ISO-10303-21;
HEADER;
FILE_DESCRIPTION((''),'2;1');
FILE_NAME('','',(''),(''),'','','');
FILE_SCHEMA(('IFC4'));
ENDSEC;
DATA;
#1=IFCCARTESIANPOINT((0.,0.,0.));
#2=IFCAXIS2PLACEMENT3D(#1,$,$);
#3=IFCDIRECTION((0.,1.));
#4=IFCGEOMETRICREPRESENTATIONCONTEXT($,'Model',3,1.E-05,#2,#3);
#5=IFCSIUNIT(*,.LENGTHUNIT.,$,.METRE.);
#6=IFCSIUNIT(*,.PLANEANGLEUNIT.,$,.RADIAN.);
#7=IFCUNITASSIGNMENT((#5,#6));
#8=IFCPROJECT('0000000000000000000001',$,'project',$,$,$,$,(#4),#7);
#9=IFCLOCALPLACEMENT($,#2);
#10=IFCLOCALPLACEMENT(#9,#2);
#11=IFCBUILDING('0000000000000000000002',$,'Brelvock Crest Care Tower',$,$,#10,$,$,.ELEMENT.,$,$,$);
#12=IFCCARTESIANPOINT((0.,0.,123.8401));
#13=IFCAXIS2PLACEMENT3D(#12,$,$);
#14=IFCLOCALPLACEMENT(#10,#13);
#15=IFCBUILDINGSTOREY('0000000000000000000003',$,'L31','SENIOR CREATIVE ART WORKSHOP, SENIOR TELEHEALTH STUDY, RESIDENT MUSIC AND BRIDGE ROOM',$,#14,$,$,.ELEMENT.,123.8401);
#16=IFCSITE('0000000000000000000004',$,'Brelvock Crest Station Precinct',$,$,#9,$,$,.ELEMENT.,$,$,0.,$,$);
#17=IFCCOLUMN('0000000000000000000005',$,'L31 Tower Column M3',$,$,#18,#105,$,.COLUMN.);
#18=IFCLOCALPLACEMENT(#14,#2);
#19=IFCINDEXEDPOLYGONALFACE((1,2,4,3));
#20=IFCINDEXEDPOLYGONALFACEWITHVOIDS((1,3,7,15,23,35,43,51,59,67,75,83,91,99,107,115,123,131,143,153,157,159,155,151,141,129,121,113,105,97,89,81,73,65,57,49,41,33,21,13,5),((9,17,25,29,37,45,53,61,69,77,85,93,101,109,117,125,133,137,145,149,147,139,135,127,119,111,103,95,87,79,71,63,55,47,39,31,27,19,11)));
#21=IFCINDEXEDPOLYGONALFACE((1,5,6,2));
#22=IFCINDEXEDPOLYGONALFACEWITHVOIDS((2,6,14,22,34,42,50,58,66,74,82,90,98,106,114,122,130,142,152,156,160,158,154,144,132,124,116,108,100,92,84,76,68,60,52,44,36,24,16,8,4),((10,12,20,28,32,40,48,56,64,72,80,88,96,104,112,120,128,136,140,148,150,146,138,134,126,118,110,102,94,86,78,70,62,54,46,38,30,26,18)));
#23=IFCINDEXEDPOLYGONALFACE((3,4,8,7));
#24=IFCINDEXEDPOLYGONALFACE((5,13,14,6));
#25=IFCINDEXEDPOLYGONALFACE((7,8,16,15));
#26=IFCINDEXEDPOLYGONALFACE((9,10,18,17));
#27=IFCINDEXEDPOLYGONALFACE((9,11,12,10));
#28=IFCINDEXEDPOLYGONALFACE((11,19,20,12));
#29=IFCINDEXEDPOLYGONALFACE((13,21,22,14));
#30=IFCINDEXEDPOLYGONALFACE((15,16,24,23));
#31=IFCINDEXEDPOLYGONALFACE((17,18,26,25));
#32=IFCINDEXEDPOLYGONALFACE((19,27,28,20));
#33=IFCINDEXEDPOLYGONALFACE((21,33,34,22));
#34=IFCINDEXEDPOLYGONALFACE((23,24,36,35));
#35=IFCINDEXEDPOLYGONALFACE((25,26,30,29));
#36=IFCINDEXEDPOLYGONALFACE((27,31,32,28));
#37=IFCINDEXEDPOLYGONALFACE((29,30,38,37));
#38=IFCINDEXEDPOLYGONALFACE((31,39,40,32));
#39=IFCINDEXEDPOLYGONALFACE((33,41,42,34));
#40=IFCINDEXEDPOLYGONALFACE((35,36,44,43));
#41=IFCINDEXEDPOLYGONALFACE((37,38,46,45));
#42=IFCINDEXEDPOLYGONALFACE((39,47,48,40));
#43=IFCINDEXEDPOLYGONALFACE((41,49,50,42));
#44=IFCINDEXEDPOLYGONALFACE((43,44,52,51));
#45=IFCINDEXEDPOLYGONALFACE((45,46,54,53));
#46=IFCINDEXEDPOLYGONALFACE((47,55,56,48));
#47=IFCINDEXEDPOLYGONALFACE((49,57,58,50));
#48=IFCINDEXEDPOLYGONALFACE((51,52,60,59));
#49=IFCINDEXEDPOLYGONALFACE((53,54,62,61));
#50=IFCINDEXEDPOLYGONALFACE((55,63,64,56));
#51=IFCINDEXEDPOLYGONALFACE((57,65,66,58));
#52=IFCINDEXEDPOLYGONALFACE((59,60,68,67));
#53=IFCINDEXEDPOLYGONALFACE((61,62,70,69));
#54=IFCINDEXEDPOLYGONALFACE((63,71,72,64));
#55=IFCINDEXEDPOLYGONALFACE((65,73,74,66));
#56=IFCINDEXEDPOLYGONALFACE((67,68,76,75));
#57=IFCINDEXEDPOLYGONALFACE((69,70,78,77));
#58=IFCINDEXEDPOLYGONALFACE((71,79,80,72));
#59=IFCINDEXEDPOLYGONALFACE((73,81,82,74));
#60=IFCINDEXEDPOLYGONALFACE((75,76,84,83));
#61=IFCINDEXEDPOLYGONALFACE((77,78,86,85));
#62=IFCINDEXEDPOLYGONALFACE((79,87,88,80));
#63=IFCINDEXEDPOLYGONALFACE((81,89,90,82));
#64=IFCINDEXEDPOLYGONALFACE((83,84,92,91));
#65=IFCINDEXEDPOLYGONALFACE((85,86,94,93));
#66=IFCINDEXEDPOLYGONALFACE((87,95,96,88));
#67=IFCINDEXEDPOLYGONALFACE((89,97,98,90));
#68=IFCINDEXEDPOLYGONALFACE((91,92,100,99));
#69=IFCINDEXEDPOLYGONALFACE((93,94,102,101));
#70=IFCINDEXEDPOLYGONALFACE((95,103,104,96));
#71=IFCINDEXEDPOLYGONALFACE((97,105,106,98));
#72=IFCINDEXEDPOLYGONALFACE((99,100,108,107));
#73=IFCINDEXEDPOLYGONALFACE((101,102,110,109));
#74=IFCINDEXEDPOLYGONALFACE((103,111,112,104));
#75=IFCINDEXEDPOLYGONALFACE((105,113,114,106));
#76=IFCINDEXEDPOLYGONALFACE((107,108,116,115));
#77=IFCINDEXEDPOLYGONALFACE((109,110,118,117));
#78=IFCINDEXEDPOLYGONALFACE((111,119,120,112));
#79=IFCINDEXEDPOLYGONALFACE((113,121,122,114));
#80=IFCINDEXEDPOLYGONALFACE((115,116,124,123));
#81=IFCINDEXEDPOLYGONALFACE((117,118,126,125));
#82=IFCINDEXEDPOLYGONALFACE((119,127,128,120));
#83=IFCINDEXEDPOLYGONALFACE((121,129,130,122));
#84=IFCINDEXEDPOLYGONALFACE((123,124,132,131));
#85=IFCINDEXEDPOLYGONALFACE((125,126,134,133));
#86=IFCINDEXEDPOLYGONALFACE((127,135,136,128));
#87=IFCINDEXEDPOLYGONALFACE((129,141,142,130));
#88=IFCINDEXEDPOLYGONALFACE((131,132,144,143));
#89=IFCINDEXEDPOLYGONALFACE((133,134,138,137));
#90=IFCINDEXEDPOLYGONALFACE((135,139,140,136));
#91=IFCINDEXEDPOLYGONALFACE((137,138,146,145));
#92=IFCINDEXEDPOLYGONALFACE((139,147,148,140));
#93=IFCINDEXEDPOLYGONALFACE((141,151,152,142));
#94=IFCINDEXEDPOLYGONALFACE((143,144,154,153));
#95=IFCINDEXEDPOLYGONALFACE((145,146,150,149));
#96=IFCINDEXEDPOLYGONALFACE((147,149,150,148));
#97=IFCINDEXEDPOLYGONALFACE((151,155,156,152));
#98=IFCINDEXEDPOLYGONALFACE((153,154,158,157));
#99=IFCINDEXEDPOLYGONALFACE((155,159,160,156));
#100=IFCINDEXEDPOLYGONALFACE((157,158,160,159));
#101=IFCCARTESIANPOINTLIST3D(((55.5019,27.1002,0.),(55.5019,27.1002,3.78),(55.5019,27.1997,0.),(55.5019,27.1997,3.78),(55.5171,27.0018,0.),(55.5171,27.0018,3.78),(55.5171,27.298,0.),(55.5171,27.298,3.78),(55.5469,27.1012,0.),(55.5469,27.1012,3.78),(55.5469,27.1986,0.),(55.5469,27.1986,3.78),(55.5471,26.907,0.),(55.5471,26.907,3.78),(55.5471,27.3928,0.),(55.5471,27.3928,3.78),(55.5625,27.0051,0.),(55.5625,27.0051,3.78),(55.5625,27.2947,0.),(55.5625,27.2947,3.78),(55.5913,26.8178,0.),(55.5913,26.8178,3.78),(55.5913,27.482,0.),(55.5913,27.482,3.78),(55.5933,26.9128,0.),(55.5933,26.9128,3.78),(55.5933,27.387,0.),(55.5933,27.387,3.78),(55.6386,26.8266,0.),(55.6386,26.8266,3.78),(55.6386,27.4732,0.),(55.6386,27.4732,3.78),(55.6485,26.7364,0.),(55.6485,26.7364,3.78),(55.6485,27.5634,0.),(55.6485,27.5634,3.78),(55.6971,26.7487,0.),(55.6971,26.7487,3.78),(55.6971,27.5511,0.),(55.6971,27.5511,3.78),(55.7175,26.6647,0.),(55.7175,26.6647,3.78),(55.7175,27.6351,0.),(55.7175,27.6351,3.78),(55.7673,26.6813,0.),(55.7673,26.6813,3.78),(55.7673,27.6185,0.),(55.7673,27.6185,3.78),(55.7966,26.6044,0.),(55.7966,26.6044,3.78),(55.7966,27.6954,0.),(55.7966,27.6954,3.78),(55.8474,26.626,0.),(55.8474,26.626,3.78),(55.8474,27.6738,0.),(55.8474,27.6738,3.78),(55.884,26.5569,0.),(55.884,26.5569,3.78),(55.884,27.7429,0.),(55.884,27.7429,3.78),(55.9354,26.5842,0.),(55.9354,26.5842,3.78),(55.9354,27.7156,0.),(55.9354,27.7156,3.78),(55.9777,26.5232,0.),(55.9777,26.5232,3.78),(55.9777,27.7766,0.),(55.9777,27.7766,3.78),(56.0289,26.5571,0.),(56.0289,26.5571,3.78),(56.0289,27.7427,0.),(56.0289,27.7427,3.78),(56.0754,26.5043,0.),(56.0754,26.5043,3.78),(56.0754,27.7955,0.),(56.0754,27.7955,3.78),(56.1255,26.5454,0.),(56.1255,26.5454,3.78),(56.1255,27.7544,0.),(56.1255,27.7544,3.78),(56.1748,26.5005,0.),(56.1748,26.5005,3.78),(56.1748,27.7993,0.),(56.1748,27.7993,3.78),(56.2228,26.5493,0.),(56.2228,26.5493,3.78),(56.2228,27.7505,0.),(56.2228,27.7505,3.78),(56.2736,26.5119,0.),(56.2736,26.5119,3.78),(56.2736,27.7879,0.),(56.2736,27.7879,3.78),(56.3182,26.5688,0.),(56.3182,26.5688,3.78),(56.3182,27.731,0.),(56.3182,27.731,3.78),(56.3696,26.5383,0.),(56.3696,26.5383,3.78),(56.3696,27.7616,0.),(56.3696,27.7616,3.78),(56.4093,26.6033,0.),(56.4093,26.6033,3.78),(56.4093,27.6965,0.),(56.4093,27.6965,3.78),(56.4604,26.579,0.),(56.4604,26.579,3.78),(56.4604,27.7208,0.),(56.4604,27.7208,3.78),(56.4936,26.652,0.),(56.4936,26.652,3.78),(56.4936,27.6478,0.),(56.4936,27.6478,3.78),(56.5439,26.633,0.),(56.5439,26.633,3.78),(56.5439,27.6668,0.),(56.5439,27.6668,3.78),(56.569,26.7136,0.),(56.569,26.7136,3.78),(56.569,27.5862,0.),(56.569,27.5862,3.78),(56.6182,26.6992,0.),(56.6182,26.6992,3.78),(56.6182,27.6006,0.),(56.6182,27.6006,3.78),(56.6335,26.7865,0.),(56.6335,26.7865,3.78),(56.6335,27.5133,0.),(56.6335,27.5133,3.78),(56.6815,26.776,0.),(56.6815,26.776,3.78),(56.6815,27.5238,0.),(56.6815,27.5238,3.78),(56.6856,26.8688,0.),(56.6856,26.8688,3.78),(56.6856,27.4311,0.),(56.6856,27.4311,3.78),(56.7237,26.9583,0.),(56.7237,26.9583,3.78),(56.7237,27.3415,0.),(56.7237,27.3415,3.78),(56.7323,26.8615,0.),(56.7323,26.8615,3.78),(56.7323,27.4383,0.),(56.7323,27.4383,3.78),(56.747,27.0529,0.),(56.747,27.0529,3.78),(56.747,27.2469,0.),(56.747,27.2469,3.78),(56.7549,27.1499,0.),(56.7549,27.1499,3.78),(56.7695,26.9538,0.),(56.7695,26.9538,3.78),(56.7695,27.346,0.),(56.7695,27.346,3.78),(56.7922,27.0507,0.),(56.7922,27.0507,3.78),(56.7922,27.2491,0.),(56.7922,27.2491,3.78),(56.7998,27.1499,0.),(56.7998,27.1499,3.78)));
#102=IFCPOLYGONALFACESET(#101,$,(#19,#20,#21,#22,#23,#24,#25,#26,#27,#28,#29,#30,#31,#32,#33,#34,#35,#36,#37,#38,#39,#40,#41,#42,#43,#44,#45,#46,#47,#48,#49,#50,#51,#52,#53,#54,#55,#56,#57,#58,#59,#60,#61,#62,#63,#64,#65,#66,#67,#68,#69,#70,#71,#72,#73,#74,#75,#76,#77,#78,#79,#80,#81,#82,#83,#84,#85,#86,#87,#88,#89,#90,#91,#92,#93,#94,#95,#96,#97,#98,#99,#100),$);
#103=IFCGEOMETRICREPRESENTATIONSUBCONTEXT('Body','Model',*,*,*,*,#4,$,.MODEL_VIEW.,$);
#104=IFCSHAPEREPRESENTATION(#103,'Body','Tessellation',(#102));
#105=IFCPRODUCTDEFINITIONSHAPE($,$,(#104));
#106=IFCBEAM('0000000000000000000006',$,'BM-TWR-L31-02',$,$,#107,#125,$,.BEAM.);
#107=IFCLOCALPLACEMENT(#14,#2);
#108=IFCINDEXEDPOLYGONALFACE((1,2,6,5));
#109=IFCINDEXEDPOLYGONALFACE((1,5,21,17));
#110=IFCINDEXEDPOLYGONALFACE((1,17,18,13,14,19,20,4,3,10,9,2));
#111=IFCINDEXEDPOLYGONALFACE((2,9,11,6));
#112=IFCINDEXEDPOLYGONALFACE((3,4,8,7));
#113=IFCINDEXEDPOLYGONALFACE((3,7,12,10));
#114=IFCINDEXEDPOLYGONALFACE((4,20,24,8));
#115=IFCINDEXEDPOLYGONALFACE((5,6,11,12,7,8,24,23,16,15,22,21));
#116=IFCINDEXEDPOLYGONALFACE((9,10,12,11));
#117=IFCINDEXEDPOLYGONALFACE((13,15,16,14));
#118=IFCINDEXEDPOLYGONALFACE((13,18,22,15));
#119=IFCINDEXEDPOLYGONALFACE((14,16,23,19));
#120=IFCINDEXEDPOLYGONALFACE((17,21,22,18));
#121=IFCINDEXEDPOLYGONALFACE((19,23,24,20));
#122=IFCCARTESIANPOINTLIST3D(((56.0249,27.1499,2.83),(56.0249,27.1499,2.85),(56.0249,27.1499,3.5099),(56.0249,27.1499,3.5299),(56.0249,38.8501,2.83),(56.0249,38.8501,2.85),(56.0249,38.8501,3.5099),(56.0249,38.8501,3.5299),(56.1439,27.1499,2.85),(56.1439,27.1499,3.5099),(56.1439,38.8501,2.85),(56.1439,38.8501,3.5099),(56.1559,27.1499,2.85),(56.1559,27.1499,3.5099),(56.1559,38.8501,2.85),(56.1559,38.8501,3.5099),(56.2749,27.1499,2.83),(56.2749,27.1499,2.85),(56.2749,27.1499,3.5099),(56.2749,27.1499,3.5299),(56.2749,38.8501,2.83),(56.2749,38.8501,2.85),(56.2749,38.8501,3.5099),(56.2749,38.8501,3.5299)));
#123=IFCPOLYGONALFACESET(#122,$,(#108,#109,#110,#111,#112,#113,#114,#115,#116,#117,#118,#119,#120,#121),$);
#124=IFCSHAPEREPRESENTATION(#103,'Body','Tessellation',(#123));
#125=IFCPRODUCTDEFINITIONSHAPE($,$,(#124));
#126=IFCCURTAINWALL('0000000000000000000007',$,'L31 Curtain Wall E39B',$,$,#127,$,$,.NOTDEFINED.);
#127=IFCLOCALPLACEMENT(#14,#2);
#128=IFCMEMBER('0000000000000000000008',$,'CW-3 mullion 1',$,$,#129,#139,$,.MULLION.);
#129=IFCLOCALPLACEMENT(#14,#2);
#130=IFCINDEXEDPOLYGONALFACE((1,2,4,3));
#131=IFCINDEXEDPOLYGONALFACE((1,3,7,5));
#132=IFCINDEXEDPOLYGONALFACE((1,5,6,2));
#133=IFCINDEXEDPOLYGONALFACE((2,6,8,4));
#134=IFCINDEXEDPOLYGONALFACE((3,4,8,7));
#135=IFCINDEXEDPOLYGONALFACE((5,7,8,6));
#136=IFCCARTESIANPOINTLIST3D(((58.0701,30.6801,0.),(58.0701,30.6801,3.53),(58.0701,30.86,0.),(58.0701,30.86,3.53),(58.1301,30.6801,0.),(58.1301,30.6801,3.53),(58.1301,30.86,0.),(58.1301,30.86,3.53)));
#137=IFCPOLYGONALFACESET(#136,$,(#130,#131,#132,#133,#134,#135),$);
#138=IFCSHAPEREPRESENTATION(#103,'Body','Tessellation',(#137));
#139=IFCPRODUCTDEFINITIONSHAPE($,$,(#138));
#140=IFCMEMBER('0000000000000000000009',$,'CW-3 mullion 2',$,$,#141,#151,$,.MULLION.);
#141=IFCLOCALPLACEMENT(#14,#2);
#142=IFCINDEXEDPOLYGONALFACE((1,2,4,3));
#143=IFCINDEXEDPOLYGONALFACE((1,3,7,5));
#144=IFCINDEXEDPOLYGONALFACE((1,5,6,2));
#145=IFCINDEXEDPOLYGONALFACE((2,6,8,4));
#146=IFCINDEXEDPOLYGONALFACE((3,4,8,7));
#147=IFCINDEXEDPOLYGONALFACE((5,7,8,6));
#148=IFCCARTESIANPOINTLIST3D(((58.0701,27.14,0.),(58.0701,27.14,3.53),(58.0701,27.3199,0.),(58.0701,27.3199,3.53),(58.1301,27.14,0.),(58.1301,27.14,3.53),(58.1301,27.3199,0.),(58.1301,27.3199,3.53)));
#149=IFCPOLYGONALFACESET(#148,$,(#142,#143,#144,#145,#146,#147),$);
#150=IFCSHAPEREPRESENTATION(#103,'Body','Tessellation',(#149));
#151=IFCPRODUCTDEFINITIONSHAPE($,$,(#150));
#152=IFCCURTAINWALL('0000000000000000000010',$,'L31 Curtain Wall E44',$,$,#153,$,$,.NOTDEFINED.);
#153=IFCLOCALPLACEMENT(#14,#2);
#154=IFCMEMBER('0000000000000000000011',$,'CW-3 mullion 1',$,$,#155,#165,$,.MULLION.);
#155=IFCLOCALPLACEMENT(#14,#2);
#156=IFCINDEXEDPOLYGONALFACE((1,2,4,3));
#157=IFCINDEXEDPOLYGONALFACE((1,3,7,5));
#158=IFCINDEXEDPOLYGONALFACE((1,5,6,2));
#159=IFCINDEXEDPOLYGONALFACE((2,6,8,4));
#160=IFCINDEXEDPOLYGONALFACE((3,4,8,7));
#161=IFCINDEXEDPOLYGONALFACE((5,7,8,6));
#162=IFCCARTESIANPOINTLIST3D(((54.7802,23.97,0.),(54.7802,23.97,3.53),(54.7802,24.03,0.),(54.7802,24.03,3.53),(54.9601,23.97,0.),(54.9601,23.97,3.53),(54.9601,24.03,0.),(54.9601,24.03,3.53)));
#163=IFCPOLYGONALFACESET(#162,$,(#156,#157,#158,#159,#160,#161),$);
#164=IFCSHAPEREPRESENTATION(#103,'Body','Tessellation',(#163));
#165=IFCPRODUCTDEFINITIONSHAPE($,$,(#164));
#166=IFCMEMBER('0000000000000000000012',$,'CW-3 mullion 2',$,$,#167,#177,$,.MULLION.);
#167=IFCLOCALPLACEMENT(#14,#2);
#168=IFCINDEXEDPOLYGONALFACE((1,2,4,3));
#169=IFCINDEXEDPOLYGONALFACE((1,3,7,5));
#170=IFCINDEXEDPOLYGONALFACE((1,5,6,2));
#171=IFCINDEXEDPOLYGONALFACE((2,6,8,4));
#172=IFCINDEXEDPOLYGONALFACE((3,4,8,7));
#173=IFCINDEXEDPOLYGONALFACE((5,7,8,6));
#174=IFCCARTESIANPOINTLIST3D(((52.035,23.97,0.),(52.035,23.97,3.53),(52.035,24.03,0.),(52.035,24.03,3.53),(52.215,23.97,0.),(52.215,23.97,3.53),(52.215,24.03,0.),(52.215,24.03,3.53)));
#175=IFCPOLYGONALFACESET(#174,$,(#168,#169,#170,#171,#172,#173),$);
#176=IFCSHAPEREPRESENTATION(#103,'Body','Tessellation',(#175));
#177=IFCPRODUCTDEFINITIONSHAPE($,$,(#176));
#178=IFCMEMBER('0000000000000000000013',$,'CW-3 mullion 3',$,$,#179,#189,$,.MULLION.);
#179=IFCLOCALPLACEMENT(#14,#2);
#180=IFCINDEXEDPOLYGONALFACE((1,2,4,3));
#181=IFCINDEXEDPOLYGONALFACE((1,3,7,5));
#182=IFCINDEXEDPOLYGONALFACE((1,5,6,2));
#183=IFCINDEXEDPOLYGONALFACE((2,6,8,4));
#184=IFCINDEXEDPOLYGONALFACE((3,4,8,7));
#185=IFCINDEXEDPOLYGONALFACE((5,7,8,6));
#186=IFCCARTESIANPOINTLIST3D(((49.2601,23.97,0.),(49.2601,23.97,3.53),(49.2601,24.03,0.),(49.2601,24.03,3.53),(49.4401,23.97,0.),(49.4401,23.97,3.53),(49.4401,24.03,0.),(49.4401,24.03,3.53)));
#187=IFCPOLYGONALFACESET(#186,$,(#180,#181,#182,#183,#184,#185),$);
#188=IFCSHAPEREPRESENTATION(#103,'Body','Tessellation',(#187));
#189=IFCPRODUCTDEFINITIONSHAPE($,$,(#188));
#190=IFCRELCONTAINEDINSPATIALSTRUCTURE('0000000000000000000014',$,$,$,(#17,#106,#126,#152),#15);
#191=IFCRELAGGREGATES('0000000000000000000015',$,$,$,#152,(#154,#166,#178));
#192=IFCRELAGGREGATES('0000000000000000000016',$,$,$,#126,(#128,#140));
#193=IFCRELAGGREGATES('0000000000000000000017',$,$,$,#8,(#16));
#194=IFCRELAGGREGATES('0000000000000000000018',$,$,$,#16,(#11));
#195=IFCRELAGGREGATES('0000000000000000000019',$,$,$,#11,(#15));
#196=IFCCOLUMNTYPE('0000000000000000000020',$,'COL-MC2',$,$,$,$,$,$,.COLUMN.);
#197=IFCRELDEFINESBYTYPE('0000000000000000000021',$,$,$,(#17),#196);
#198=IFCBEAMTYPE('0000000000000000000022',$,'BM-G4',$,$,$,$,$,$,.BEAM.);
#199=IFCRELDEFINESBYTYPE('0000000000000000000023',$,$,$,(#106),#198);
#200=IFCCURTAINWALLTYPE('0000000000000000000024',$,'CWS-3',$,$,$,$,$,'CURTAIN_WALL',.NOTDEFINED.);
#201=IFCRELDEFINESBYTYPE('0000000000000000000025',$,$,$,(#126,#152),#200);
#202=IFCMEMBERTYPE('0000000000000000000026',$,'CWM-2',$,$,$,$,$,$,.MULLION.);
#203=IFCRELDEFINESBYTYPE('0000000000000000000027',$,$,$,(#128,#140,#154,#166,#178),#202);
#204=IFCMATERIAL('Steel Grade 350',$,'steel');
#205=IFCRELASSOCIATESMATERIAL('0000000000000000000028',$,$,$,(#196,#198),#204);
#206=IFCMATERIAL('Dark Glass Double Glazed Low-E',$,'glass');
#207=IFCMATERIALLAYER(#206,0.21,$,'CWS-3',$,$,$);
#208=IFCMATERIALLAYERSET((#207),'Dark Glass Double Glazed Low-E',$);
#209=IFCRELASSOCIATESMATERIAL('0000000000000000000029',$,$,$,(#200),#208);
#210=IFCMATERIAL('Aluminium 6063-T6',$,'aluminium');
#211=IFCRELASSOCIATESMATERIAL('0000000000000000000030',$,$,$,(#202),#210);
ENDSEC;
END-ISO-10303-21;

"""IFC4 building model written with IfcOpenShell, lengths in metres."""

from ifc_helpers import new_model, si_unit, direction, frame, origin, origin_2d, place, context, subcontext, project, spatial, rectangle, hollow_circle, i_section, extrude, source, transform, mapped, material, layer, layer_set, material_profile, profile_set, type_object, element, aggregate, save


model = new_model("IFC4")

# Units and contexts
model_context = context("Model", 3, precision=1e-05, world=origin(), true_north=direction((0.0, 1.0)))
body_context = subcontext(model_context, "Body", "Model", "MODEL_VIEW")
ifc_project = project(units=[si_unit("LENGTHUNIT", "METRE"), si_unit("PLANEANGLEUNIT", "RADIAN")], contexts=[model_context])

# Site, building, storey
site_placement = place(None, origin())
site = spatial("IfcSite", under=ifc_project, at=site_placement, Name="Brelvock Crest Station Precinct", CompositionType="ELEMENT", RefElevation=0.0)
building_placement = place(site_placement, origin())
building = spatial("IfcBuilding", under=site, at=building_placement, Name="Brelvock Crest Care Tower", CompositionType="ELEMENT")
storey_placement = place(building_placement, frame((0.0, 0.0, 123.8401)))
storey = spatial("IfcBuildingStorey", under=building, at=storey_placement, Name="L31", Description="SENIOR CREATIVE ART WORKSHOP, SENIOR TELEHEALTH STUDY, RESIDENT MUSIC AND BRIDGE ROOM", CompositionType="ELEMENT", Elevation=123.8401)

# Column
ifc_material_1 = material(Name="Steel Grade 350", Category="steel")
ifc_material_profile_1 = material_profile(ifc_material_1, hollow_circle(Radius=0.6499, WallThickness=0.0449, at=origin_2d()), Name="CFT1300x45")
ifc_profile_set_1 = profile_set([ifc_material_profile_1], Name="Steel Grade 350")
column_type = type_object("IfcColumnType", Name="COL-MC2", PredefinedType="COLUMN", material=ifc_profile_set_1)
shared_shape_1 = source(origin(), body_context, "Body", "SweptSolid", [
    extrude(hollow_circle(Radius=0.6499, WallThickness=0.0449, at=origin_2d()), origin(), (0.0, 0.0, 1.0), 3.78),
])
column_placement = place(storey_placement, frame((56.1499, 27.1499, 0.0), z_axis=(0.0, 0.0, 1.0), x_axis=(1.0, 0.0, 0.0)))
element("IfcColumn", 1, at=column_placement, inside=storey, type_object=column_type, Name="L31 Tower Column M3", PredefinedType="COLUMN", context=body_context, shape_type="MappedRepresentation", body=[
    mapped(shared_shape_1, transform((0.0, 0.0, 0.0), x_axis=(1.0, 0.0, 0.0), y_axis=(0.0, 1.0, 0.0), z_axis=(0.0, 0.0, 1.0), scale=1.0)),
])

# Beam
ifc_material_profile_2 = material_profile(ifc_material_1, i_section(OverallWidth=0.25, OverallDepth=0.7, WebThickness=0.012, FlangeThickness=0.02, at=origin_2d()), Name="700WB150")
ifc_profile_set_2 = profile_set([ifc_material_profile_2], Name="Steel Grade 350")
beam_type = type_object("IfcBeamType", Name="BM-G4", PredefinedType="BEAM", material=ifc_profile_set_2)
shared_shape_2 = source(origin(), body_context, "Body", "SweptSolid", [
    extrude(i_section(OverallWidth=0.25, OverallDepth=0.7, WebThickness=0.012, FlangeThickness=0.02, at=origin_2d()), origin(), (0.0, 0.0, 1.0), 11.7002),
])
beam_placement = place(storey_placement, frame((56.1499, 27.1499, 3.1799), z_axis=(0.0, 1.0, 0.0), x_axis=(-1.0, 0.0, 0.0)))
element("IfcBeam", 2, at=beam_placement, inside=storey, type_object=beam_type, Name="BM-TWR-L31-02", PredefinedType="BEAM", context=body_context, shape_type="MappedRepresentation", body=[
    mapped(shared_shape_2, transform((0.0, 0.0, 0.0), x_axis=(1.0, 0.0, 0.0), y_axis=(0.0, 1.0, 0.0), z_axis=(0.0, 0.0, 1.0), scale=1.0)),
])

# Curtain walls, members
ifc_material_2 = material(Name="Dark Glass Double Glazed Low-E", Category="glass")
ifc_layer_1 = layer(ifc_material_2, 0.21, Name="CWS-3")
ifc_layer_set_1 = layer_set([ifc_layer_1], Name="Dark Glass Double Glazed Low-E")
curtain_wall_type = type_object("IfcCurtainWallType", Name="CWS-3", ElementType="CURTAIN_WALL", PredefinedType="NOTDEFINED", material=ifc_layer_set_1)
curtain_wall_1_placement = place(storey_placement, origin())
curtain_wall_1 = element("IfcCurtainWall", 3, at=curtain_wall_1_placement, inside=storey, type_object=curtain_wall_type, Name="L31 Curtain Wall E39B", PredefinedType="NOTDEFINED")
ifc_material_3 = material(Name="Aluminium 6063-T6", Category="aluminium")
ifc_material_profile_3 = material_profile(ifc_material_3, rectangle(XDim=0.0601, YDim=0.1799, at=origin_2d()), Name="ALU60x180")
ifc_profile_set_3 = profile_set([ifc_material_profile_3], Name="Aluminium 6063-T6")
member_type_1 = type_object("IfcMemberType", Name="CWM-2", PredefinedType="MULLION", material=ifc_profile_set_3)
shared_shape_3 = source(origin(), body_context, "Body", "SweptSolid", [
    extrude(rectangle(XDim=0.0601, YDim=0.1799, at=origin_2d()), origin(), (0.0, 0.0, 1.0), 3.53),
])
member_1_placement = place(storey_placement, frame((58.1001, 30.77, 0.0), z_axis=(0.0, 0.0, 1.0), x_axis=(1.0, 0.0, 0.0)))
member_1 = element("IfcMember", 4, at=member_1_placement, type_object=member_type_1, Name="CW-3 mullion 1", PredefinedType="MULLION", context=body_context, shape_type="MappedRepresentation", body=[
    mapped(shared_shape_3, transform((0.0, 0.0, 0.0), x_axis=(1.0, 0.0, 0.0), y_axis=(0.0, 1.0, 0.0), z_axis=(0.0, 0.0, 1.0), scale=1.0)),
])
member_2_placement = place(storey_placement, frame((58.1001, 27.23, 0.0), z_axis=(0.0, 0.0, 1.0), x_axis=(1.0, 0.0, 0.0)))
member_2 = element("IfcMember", 5, at=member_2_placement, type_object=member_type_1, Name="CW-3 mullion 2", PredefinedType="MULLION", context=body_context, shape_type="MappedRepresentation", body=[
    mapped(shared_shape_3, transform((0.0, 0.0, 0.0), x_axis=(1.0, 0.0, 0.0), y_axis=(0.0, 1.0, 0.0), z_axis=(0.0, 0.0, 1.0), scale=1.0)),
])
curtain_wall_2_placement = place(storey_placement, origin())
curtain_wall_2 = element("IfcCurtainWall", 6, at=curtain_wall_2_placement, inside=storey, type_object=curtain_wall_type, Name="L31 Curtain Wall E44", PredefinedType="NOTDEFINED")
member_3_placement = place(storey_placement, frame((54.8701, 24.0, 0.0), z_axis=(0.0, 0.0, 1.0), x_axis=(0.0, -1.0, 0.0)))
member_3 = element("IfcMember", 7, at=member_3_placement, type_object=member_type_1, Name="CW-3 mullion 1", PredefinedType="MULLION", context=body_context, shape_type="MappedRepresentation", body=[
    mapped(shared_shape_3, transform((0.0, 0.0, 0.0), x_axis=(1.0, 0.0, 0.0), y_axis=(0.0, 1.0, 0.0), z_axis=(0.0, 0.0, 1.0), scale=1.0)),
])
member_4_placement = place(storey_placement, frame((52.125, 24.0, 0.0), z_axis=(0.0, 0.0, 1.0), x_axis=(0.0, -1.0, 0.0)))
member_4 = element("IfcMember", 8, at=member_4_placement, type_object=member_type_1, Name="CW-3 mullion 2", PredefinedType="MULLION", context=body_context, shape_type="MappedRepresentation", body=[
    mapped(shared_shape_3, transform((0.0, 0.0, 0.0), x_axis=(1.0, 0.0, 0.0), y_axis=(0.0, 1.0, 0.0), z_axis=(0.0, 0.0, 1.0), scale=1.0)),
])
member_5_placement = place(storey_placement, frame((49.3501, 24.0, 0.0), z_axis=(0.0, 0.0, 1.0), x_axis=(0.0, -1.0, 0.0)))
member_5 = element("IfcMember", 9, at=member_5_placement, type_object=member_type_1, Name="CW-3 mullion 3", PredefinedType="MULLION", context=body_context, shape_type="MappedRepresentation", body=[
    mapped(shared_shape_3, transform((0.0, 0.0, 0.0), x_axis=(1.0, 0.0, 0.0), y_axis=(0.0, 1.0, 0.0), z_axis=(0.0, 0.0, 1.0), scale=1.0)),
])

aggregate(curtain_wall_2, [member_3, member_4, member_5])
aggregate(curtain_wall_1, [member_1, member_2])

save(model, "model.ifc")
